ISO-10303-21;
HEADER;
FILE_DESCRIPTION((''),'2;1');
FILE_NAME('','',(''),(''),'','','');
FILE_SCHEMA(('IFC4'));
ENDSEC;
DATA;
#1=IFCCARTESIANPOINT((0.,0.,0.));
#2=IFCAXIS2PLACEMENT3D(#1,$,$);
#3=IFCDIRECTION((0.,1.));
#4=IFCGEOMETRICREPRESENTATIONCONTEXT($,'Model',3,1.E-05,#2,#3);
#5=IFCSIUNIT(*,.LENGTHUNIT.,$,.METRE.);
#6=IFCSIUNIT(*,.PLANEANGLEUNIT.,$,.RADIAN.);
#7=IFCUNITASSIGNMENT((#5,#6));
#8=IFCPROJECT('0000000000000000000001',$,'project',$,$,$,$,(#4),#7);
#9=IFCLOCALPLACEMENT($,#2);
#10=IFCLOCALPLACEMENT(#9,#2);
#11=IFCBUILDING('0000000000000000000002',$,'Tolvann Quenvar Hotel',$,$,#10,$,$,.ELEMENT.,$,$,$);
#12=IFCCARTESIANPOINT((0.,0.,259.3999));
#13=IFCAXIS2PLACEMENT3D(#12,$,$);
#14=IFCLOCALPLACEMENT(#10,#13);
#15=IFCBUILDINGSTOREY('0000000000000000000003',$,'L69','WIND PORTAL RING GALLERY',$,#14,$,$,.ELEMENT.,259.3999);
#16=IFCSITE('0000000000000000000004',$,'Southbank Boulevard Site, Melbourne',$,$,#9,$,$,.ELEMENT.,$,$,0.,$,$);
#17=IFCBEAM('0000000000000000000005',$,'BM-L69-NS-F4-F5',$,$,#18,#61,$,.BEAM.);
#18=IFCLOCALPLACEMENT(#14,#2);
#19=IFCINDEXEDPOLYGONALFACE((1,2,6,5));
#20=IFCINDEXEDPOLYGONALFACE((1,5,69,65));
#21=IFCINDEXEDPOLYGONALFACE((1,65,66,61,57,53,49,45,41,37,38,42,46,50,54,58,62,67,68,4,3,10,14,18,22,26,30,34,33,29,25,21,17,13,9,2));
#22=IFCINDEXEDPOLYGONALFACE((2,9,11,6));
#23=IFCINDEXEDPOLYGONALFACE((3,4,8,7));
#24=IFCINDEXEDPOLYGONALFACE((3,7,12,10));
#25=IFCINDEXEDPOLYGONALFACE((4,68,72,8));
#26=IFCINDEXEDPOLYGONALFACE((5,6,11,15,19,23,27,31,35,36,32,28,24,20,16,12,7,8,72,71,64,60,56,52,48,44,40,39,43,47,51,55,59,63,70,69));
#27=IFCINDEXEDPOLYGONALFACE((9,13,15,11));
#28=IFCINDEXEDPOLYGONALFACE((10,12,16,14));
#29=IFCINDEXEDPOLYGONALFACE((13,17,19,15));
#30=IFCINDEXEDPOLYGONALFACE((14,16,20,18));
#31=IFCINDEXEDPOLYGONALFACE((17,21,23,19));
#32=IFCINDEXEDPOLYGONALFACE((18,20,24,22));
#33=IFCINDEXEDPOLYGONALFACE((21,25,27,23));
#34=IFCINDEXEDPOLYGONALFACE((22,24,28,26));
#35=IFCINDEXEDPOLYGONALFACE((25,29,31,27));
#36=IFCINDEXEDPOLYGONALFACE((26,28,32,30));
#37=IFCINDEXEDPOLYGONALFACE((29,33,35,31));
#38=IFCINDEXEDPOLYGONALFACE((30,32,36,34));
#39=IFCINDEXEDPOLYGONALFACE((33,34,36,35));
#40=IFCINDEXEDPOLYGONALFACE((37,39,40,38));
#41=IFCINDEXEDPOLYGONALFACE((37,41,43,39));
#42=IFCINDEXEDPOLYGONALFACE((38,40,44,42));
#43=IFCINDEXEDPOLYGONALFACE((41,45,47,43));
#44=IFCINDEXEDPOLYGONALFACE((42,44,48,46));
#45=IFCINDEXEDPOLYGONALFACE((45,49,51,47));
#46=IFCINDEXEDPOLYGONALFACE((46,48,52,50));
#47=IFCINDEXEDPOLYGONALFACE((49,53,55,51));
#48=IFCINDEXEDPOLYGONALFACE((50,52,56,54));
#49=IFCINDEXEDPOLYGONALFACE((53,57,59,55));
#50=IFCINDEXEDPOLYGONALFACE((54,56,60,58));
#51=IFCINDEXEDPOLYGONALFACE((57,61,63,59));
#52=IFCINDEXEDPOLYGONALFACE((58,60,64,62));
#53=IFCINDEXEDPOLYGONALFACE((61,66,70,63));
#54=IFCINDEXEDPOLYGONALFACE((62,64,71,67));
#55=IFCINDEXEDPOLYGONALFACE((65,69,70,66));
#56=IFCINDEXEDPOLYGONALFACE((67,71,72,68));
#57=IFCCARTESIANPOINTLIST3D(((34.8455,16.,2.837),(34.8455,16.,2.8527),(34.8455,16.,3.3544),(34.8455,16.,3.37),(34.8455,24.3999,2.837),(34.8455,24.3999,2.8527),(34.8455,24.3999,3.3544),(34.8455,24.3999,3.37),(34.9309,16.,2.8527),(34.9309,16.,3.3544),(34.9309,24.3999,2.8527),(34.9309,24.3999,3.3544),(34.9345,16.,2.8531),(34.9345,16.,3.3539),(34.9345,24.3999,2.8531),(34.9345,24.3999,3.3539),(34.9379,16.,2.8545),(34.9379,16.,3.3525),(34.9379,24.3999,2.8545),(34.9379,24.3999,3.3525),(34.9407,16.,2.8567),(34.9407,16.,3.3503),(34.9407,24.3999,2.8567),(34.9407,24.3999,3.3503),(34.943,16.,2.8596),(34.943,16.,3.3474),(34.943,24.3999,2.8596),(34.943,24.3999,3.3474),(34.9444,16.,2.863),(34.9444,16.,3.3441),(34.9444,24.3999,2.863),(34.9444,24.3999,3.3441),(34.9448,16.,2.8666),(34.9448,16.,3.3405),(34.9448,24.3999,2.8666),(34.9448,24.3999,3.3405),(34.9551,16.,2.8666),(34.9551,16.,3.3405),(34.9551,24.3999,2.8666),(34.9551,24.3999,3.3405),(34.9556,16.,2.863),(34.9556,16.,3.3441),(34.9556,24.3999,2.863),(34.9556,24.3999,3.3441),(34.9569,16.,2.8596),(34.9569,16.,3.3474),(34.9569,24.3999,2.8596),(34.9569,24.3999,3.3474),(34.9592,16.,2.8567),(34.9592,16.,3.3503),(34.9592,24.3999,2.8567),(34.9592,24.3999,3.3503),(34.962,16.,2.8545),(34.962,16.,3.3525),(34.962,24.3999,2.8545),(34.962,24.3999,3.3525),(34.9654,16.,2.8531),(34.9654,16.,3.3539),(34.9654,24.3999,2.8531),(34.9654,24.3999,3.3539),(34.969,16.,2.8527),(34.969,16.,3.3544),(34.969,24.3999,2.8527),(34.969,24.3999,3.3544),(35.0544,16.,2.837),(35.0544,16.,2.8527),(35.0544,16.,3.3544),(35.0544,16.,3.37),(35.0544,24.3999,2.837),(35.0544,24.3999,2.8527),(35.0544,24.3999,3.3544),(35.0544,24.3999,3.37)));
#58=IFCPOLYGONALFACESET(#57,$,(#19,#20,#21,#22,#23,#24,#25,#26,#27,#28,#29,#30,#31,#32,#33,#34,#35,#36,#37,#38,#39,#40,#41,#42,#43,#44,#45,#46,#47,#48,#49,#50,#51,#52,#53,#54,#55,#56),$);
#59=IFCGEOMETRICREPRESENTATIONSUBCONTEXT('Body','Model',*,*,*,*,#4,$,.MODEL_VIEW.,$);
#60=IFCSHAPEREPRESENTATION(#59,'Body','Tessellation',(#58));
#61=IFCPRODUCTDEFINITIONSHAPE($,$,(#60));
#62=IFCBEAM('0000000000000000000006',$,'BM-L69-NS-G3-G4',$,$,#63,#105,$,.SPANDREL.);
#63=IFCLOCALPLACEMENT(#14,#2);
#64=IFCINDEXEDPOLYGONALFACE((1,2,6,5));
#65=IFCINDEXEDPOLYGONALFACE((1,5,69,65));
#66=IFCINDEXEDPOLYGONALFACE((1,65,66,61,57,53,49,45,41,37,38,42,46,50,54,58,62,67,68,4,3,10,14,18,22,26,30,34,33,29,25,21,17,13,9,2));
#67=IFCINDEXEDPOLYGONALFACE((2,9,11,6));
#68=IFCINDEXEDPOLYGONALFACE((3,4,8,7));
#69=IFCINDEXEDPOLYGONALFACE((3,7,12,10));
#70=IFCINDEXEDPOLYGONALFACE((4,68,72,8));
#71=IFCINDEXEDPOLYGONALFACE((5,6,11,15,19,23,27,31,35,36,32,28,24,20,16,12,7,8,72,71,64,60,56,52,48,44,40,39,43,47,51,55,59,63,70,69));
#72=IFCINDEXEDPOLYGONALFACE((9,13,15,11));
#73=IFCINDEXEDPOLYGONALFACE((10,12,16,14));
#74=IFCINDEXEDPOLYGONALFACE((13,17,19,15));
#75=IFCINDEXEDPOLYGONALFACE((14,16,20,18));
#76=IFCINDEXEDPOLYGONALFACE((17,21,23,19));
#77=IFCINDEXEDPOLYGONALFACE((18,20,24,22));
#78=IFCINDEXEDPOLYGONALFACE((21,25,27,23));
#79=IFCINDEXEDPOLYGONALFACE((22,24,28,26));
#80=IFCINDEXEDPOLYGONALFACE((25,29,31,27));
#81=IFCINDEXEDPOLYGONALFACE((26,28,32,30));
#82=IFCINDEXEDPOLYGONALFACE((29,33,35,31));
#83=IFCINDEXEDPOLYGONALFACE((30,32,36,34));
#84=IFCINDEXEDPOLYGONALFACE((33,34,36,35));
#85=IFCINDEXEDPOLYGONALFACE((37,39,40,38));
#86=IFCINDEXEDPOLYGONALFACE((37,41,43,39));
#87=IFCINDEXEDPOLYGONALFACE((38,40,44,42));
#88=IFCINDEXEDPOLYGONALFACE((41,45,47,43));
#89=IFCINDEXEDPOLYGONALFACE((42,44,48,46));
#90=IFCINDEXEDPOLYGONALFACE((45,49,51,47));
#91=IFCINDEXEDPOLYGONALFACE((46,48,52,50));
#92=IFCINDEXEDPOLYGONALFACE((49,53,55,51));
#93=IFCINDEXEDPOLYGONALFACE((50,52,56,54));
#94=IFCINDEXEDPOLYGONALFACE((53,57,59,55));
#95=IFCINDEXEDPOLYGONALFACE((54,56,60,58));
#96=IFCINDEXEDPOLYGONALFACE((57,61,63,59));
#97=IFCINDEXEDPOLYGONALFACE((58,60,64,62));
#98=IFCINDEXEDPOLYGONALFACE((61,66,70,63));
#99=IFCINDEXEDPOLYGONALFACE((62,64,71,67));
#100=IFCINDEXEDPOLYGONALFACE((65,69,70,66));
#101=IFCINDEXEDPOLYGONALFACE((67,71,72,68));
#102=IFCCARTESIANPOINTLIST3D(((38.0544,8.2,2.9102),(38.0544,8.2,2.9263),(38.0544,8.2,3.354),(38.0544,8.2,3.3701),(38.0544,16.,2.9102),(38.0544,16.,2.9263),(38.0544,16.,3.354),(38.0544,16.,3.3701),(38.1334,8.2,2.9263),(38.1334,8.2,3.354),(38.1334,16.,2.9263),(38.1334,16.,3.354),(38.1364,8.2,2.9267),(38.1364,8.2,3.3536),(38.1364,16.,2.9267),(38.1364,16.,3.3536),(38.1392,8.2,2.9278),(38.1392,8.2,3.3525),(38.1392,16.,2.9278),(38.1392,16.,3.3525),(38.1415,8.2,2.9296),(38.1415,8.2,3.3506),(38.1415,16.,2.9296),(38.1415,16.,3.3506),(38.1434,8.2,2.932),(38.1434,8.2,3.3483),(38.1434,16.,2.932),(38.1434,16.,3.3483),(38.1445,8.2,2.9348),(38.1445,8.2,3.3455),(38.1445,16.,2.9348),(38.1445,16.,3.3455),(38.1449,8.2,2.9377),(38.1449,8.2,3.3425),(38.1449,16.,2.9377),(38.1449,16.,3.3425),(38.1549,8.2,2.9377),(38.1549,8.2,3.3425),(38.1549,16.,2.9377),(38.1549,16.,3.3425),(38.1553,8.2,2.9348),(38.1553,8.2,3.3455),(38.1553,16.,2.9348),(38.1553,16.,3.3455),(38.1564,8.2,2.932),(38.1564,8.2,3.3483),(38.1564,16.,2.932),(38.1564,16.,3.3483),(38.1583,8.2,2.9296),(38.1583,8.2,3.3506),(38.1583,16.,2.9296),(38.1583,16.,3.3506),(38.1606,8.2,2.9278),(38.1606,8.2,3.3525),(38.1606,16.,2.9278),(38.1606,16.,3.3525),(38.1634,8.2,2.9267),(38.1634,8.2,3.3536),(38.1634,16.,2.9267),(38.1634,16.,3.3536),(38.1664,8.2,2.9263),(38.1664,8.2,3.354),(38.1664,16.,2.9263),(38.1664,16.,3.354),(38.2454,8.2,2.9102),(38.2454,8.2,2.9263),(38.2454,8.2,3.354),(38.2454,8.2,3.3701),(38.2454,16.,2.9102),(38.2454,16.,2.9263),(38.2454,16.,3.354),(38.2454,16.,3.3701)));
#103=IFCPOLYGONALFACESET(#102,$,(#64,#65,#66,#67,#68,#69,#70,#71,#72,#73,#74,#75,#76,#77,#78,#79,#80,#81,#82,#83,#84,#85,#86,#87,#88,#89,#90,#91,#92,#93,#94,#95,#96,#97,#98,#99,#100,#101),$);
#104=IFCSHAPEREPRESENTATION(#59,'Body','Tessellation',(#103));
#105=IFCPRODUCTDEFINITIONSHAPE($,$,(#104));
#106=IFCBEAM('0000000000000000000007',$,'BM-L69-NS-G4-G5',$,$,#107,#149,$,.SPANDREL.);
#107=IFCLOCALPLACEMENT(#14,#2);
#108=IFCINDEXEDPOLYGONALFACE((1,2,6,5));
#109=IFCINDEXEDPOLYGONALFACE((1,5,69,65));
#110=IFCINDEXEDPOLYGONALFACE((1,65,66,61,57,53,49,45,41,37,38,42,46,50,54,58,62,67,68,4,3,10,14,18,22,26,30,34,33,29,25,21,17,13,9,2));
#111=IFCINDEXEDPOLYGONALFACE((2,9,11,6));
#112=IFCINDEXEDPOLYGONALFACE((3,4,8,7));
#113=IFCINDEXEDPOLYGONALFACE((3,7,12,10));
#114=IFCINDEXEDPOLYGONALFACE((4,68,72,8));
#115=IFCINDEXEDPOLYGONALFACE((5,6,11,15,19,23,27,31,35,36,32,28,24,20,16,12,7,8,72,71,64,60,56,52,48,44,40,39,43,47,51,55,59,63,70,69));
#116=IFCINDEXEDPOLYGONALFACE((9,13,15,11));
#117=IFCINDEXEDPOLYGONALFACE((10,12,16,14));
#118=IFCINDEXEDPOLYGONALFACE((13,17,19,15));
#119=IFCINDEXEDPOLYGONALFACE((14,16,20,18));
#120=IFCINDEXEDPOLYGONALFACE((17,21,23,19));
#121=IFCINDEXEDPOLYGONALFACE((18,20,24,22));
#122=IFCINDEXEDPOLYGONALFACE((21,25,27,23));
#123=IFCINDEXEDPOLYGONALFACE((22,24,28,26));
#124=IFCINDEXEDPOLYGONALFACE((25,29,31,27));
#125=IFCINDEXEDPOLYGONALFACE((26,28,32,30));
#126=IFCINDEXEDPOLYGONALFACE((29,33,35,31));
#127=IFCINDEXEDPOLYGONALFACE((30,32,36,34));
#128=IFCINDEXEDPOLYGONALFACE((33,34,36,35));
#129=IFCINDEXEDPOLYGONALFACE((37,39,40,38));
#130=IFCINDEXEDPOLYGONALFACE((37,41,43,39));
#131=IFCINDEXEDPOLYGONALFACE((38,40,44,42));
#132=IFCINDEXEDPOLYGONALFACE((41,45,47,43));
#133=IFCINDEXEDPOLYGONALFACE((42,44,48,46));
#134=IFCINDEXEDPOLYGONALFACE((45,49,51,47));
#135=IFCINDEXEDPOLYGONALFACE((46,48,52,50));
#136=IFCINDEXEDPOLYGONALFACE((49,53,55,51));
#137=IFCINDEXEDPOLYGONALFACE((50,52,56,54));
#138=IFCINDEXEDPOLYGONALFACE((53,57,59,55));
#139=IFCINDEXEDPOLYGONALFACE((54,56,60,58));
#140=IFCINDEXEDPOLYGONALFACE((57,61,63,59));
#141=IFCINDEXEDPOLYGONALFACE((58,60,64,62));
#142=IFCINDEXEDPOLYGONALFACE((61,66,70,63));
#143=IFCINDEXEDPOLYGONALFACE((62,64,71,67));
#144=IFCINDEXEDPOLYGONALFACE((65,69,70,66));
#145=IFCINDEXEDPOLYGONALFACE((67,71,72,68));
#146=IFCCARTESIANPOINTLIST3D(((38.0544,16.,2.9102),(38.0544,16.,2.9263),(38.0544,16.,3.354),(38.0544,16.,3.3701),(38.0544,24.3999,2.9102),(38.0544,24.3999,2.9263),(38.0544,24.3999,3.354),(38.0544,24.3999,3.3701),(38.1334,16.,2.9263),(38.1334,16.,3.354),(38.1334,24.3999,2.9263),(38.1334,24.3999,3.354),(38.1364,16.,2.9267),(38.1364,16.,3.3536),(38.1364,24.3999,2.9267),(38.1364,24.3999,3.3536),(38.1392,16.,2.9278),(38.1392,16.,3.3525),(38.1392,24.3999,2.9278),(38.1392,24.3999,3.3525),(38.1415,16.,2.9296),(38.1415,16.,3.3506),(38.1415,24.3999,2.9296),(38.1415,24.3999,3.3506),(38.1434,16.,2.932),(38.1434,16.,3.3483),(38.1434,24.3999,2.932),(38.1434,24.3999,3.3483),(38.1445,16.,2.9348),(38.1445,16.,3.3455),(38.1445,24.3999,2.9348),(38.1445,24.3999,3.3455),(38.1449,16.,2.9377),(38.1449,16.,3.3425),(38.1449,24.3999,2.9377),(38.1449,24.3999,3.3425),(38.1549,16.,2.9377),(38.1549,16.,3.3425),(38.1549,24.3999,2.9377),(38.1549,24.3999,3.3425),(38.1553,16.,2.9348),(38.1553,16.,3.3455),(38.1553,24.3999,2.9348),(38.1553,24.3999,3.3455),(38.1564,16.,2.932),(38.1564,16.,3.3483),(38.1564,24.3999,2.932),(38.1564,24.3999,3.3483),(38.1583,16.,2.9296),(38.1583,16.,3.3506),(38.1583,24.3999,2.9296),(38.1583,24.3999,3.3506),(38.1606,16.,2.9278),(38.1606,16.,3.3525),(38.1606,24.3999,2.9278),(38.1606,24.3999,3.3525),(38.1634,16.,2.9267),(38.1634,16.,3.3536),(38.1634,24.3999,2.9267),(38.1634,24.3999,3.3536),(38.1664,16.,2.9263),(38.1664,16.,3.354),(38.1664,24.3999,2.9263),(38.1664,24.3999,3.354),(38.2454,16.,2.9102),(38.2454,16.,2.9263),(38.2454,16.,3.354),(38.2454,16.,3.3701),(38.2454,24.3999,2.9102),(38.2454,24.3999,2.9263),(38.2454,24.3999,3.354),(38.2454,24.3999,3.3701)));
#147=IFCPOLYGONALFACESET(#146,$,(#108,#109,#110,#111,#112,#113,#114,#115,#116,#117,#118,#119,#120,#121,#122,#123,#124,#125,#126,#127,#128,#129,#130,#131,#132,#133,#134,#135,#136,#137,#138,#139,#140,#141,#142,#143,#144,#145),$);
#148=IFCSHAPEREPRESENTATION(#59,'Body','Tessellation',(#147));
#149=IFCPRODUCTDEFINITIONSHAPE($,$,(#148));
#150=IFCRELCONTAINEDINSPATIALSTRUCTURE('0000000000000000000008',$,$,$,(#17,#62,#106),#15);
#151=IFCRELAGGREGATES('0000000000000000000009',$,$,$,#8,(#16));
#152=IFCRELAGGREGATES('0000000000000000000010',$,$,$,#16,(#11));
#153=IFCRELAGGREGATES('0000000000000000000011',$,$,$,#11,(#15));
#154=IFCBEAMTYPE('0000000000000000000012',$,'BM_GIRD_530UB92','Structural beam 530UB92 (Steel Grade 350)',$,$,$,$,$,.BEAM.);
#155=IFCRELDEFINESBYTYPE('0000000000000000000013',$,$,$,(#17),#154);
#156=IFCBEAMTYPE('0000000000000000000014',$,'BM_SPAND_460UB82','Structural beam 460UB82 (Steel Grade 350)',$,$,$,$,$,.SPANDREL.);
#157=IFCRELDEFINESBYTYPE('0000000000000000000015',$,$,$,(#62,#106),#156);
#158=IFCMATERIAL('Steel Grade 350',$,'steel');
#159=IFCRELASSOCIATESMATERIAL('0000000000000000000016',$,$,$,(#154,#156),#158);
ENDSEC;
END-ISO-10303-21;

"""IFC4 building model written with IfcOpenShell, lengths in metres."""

from ifc_helpers import new_model, si_unit, direction, frame, origin, origin_2d, place, context, subcontext, project, spatial, i_section, extrude, source, transform, mapped, material, material_profile, profile_set, type_object, type_shapes, element, save


model = new_model("IFC4")

# Units and contexts
model_context = context("Model", 3, precision=1e-05, world=origin(), true_north=direction((0.0, 1.0)))
body_context = subcontext(model_context, "Body", "Model", "MODEL_VIEW")
ifc_project = project(units=[si_unit("LENGTHUNIT", "METRE"), si_unit("PLANEANGLEUNIT", "RADIAN")], contexts=[model_context])

# Site, building, storey
site_placement = place(None, origin())
site = spatial("IfcSite", under=ifc_project, at=site_placement, Name="Southbank Boulevard Site, Melbourne", CompositionType="ELEMENT", RefElevation=0.0)
building_placement = place(site_placement, origin())
building = spatial("IfcBuilding", under=site, at=building_placement, Name="Tolvann Quenvar Hotel", CompositionType="ELEMENT")
storey_placement = place(building_placement, frame((0.0, 0.0, 259.3999)))
storey = spatial("IfcBuildingStorey", under=building, at=storey_placement, Name="L69", Description="WIND PORTAL RING GALLERY", CompositionType="ELEMENT", Elevation=259.3999)

# Shared definitions
ifc_material_1 = material(Name="Steel Grade 350", Category="steel")

# Beams
ifc_material_profile_1 = material_profile(ifc_material_1, i_section(OverallWidth=0.209, OverallDepth=0.533, WebThickness=0.0103, FlangeThickness=0.0156, FilletRadius=0.0139, at=origin_2d()), Name="530UB92")
ifc_profile_set_1 = profile_set([ifc_material_profile_1], Name="Steel Grade 350")
beam_type_1 = type_object("IfcBeamType", Name="BM_GIRD_530UB92", Description="Structural beam 530UB92 (Steel Grade 350)", PredefinedType="BEAM", material=ifc_profile_set_1)
shared_shape_1 = source(origin(), body_context, "Body", "SweptSolid", [
    extrude(i_section(OverallWidth=0.209, OverallDepth=0.533, WebThickness=0.0103, FlangeThickness=0.0156, FilletRadius=0.0139, at=origin_2d()), origin(), (0.0, 0.0, 1.0), 8.3999),
])
beam_1_placement = place(storey_placement, frame((34.95, 16.0, 3.1035), z_axis=(0.0, 1.0, 0.0), x_axis=(-1.0, 0.0, 0.0)))
element("IfcBeam", 1, at=beam_1_placement, inside=storey, type_object=beam_type_1, Name="BM-L69-NS-F4-F5", PredefinedType="BEAM", context=body_context, shape_type="MappedRepresentation", body=[
    mapped(shared_shape_1, transform((0.0, 0.0, 0.0), x_axis=(1.0, 0.0, 0.0), y_axis=(0.0, 1.0, 0.0), z_axis=(0.0, 0.0, 1.0), scale=1.0)),
])
ifc_material_profile_2 = material_profile(ifc_material_1, i_section(OverallWidth=0.1909, OverallDepth=0.46, WebThickness=0.01, FlangeThickness=0.0161, FilletRadius=0.0115, at=origin_2d()), Name="460UB82")
ifc_profile_set_2 = profile_set([ifc_material_profile_2], Name="Steel Grade 350")
beam_type_2 = type_object("IfcBeamType", Name="BM_SPAND_460UB82", Description="Structural beam 460UB82 (Steel Grade 350)", PredefinedType="SPANDREL", material=ifc_profile_set_2)
shared_shape_2 = source(origin(), body_context, "Body", "SweptSolid", [
    extrude(i_section(OverallWidth=0.1909, OverallDepth=0.46, WebThickness=0.01, FlangeThickness=0.0161, FilletRadius=0.0115, at=origin_2d()), origin(), (0.0, 0.0, 1.0), 7.8),
])
beam_2_placement = place(storey_placement, frame((38.1499, 8.2, 3.1401), z_axis=(0.0, 1.0, 0.0), x_axis=(-1.0, 0.0, 0.0)))
element("IfcBeam", 2, at=beam_2_placement, inside=storey, type_object=beam_type_2, Name="BM-L69-NS-G3-G4", PredefinedType="SPANDREL", context=body_context, shape_type="MappedRepresentation", body=[
    mapped(shared_shape_2, transform((0.0, 0.0, 0.0), x_axis=(1.0, 0.0, 0.0), y_axis=(0.0, 1.0, 0.0), z_axis=(0.0, 0.0, 1.0), scale=1.0)),
])
shared_shape_3 = source(origin(), body_context, "Body", "SweptSolid", [
    extrude(i_section(OverallWidth=0.1909, OverallDepth=0.46, WebThickness=0.01, FlangeThickness=0.0161, FilletRadius=0.0115, at=origin_2d()), origin(), (0.0, 0.0, 1.0), 8.3999),
])
type_shapes(beam_type_2, [shared_shape_2, shared_shape_3])
beam_3_placement = place(storey_placement, frame((38.1499, 16.0, 3.1401), z_axis=(0.0, 1.0, 0.0), x_axis=(-1.0, 0.0, 0.0)))
element("IfcBeam", 3, at=beam_3_placement, inside=storey, type_object=beam_type_2, Name="BM-L69-NS-G4-G5", PredefinedType="SPANDREL", context=body_context, shape_type="MappedRepresentation", body=[
    mapped(shared_shape_3, transform((0.0, 0.0, 0.0), x_axis=(1.0, 0.0, 0.0), y_axis=(0.0, 1.0, 0.0), z_axis=(0.0, 0.0, 1.0), scale=1.0)),
])

save(model, "model.ifc")
